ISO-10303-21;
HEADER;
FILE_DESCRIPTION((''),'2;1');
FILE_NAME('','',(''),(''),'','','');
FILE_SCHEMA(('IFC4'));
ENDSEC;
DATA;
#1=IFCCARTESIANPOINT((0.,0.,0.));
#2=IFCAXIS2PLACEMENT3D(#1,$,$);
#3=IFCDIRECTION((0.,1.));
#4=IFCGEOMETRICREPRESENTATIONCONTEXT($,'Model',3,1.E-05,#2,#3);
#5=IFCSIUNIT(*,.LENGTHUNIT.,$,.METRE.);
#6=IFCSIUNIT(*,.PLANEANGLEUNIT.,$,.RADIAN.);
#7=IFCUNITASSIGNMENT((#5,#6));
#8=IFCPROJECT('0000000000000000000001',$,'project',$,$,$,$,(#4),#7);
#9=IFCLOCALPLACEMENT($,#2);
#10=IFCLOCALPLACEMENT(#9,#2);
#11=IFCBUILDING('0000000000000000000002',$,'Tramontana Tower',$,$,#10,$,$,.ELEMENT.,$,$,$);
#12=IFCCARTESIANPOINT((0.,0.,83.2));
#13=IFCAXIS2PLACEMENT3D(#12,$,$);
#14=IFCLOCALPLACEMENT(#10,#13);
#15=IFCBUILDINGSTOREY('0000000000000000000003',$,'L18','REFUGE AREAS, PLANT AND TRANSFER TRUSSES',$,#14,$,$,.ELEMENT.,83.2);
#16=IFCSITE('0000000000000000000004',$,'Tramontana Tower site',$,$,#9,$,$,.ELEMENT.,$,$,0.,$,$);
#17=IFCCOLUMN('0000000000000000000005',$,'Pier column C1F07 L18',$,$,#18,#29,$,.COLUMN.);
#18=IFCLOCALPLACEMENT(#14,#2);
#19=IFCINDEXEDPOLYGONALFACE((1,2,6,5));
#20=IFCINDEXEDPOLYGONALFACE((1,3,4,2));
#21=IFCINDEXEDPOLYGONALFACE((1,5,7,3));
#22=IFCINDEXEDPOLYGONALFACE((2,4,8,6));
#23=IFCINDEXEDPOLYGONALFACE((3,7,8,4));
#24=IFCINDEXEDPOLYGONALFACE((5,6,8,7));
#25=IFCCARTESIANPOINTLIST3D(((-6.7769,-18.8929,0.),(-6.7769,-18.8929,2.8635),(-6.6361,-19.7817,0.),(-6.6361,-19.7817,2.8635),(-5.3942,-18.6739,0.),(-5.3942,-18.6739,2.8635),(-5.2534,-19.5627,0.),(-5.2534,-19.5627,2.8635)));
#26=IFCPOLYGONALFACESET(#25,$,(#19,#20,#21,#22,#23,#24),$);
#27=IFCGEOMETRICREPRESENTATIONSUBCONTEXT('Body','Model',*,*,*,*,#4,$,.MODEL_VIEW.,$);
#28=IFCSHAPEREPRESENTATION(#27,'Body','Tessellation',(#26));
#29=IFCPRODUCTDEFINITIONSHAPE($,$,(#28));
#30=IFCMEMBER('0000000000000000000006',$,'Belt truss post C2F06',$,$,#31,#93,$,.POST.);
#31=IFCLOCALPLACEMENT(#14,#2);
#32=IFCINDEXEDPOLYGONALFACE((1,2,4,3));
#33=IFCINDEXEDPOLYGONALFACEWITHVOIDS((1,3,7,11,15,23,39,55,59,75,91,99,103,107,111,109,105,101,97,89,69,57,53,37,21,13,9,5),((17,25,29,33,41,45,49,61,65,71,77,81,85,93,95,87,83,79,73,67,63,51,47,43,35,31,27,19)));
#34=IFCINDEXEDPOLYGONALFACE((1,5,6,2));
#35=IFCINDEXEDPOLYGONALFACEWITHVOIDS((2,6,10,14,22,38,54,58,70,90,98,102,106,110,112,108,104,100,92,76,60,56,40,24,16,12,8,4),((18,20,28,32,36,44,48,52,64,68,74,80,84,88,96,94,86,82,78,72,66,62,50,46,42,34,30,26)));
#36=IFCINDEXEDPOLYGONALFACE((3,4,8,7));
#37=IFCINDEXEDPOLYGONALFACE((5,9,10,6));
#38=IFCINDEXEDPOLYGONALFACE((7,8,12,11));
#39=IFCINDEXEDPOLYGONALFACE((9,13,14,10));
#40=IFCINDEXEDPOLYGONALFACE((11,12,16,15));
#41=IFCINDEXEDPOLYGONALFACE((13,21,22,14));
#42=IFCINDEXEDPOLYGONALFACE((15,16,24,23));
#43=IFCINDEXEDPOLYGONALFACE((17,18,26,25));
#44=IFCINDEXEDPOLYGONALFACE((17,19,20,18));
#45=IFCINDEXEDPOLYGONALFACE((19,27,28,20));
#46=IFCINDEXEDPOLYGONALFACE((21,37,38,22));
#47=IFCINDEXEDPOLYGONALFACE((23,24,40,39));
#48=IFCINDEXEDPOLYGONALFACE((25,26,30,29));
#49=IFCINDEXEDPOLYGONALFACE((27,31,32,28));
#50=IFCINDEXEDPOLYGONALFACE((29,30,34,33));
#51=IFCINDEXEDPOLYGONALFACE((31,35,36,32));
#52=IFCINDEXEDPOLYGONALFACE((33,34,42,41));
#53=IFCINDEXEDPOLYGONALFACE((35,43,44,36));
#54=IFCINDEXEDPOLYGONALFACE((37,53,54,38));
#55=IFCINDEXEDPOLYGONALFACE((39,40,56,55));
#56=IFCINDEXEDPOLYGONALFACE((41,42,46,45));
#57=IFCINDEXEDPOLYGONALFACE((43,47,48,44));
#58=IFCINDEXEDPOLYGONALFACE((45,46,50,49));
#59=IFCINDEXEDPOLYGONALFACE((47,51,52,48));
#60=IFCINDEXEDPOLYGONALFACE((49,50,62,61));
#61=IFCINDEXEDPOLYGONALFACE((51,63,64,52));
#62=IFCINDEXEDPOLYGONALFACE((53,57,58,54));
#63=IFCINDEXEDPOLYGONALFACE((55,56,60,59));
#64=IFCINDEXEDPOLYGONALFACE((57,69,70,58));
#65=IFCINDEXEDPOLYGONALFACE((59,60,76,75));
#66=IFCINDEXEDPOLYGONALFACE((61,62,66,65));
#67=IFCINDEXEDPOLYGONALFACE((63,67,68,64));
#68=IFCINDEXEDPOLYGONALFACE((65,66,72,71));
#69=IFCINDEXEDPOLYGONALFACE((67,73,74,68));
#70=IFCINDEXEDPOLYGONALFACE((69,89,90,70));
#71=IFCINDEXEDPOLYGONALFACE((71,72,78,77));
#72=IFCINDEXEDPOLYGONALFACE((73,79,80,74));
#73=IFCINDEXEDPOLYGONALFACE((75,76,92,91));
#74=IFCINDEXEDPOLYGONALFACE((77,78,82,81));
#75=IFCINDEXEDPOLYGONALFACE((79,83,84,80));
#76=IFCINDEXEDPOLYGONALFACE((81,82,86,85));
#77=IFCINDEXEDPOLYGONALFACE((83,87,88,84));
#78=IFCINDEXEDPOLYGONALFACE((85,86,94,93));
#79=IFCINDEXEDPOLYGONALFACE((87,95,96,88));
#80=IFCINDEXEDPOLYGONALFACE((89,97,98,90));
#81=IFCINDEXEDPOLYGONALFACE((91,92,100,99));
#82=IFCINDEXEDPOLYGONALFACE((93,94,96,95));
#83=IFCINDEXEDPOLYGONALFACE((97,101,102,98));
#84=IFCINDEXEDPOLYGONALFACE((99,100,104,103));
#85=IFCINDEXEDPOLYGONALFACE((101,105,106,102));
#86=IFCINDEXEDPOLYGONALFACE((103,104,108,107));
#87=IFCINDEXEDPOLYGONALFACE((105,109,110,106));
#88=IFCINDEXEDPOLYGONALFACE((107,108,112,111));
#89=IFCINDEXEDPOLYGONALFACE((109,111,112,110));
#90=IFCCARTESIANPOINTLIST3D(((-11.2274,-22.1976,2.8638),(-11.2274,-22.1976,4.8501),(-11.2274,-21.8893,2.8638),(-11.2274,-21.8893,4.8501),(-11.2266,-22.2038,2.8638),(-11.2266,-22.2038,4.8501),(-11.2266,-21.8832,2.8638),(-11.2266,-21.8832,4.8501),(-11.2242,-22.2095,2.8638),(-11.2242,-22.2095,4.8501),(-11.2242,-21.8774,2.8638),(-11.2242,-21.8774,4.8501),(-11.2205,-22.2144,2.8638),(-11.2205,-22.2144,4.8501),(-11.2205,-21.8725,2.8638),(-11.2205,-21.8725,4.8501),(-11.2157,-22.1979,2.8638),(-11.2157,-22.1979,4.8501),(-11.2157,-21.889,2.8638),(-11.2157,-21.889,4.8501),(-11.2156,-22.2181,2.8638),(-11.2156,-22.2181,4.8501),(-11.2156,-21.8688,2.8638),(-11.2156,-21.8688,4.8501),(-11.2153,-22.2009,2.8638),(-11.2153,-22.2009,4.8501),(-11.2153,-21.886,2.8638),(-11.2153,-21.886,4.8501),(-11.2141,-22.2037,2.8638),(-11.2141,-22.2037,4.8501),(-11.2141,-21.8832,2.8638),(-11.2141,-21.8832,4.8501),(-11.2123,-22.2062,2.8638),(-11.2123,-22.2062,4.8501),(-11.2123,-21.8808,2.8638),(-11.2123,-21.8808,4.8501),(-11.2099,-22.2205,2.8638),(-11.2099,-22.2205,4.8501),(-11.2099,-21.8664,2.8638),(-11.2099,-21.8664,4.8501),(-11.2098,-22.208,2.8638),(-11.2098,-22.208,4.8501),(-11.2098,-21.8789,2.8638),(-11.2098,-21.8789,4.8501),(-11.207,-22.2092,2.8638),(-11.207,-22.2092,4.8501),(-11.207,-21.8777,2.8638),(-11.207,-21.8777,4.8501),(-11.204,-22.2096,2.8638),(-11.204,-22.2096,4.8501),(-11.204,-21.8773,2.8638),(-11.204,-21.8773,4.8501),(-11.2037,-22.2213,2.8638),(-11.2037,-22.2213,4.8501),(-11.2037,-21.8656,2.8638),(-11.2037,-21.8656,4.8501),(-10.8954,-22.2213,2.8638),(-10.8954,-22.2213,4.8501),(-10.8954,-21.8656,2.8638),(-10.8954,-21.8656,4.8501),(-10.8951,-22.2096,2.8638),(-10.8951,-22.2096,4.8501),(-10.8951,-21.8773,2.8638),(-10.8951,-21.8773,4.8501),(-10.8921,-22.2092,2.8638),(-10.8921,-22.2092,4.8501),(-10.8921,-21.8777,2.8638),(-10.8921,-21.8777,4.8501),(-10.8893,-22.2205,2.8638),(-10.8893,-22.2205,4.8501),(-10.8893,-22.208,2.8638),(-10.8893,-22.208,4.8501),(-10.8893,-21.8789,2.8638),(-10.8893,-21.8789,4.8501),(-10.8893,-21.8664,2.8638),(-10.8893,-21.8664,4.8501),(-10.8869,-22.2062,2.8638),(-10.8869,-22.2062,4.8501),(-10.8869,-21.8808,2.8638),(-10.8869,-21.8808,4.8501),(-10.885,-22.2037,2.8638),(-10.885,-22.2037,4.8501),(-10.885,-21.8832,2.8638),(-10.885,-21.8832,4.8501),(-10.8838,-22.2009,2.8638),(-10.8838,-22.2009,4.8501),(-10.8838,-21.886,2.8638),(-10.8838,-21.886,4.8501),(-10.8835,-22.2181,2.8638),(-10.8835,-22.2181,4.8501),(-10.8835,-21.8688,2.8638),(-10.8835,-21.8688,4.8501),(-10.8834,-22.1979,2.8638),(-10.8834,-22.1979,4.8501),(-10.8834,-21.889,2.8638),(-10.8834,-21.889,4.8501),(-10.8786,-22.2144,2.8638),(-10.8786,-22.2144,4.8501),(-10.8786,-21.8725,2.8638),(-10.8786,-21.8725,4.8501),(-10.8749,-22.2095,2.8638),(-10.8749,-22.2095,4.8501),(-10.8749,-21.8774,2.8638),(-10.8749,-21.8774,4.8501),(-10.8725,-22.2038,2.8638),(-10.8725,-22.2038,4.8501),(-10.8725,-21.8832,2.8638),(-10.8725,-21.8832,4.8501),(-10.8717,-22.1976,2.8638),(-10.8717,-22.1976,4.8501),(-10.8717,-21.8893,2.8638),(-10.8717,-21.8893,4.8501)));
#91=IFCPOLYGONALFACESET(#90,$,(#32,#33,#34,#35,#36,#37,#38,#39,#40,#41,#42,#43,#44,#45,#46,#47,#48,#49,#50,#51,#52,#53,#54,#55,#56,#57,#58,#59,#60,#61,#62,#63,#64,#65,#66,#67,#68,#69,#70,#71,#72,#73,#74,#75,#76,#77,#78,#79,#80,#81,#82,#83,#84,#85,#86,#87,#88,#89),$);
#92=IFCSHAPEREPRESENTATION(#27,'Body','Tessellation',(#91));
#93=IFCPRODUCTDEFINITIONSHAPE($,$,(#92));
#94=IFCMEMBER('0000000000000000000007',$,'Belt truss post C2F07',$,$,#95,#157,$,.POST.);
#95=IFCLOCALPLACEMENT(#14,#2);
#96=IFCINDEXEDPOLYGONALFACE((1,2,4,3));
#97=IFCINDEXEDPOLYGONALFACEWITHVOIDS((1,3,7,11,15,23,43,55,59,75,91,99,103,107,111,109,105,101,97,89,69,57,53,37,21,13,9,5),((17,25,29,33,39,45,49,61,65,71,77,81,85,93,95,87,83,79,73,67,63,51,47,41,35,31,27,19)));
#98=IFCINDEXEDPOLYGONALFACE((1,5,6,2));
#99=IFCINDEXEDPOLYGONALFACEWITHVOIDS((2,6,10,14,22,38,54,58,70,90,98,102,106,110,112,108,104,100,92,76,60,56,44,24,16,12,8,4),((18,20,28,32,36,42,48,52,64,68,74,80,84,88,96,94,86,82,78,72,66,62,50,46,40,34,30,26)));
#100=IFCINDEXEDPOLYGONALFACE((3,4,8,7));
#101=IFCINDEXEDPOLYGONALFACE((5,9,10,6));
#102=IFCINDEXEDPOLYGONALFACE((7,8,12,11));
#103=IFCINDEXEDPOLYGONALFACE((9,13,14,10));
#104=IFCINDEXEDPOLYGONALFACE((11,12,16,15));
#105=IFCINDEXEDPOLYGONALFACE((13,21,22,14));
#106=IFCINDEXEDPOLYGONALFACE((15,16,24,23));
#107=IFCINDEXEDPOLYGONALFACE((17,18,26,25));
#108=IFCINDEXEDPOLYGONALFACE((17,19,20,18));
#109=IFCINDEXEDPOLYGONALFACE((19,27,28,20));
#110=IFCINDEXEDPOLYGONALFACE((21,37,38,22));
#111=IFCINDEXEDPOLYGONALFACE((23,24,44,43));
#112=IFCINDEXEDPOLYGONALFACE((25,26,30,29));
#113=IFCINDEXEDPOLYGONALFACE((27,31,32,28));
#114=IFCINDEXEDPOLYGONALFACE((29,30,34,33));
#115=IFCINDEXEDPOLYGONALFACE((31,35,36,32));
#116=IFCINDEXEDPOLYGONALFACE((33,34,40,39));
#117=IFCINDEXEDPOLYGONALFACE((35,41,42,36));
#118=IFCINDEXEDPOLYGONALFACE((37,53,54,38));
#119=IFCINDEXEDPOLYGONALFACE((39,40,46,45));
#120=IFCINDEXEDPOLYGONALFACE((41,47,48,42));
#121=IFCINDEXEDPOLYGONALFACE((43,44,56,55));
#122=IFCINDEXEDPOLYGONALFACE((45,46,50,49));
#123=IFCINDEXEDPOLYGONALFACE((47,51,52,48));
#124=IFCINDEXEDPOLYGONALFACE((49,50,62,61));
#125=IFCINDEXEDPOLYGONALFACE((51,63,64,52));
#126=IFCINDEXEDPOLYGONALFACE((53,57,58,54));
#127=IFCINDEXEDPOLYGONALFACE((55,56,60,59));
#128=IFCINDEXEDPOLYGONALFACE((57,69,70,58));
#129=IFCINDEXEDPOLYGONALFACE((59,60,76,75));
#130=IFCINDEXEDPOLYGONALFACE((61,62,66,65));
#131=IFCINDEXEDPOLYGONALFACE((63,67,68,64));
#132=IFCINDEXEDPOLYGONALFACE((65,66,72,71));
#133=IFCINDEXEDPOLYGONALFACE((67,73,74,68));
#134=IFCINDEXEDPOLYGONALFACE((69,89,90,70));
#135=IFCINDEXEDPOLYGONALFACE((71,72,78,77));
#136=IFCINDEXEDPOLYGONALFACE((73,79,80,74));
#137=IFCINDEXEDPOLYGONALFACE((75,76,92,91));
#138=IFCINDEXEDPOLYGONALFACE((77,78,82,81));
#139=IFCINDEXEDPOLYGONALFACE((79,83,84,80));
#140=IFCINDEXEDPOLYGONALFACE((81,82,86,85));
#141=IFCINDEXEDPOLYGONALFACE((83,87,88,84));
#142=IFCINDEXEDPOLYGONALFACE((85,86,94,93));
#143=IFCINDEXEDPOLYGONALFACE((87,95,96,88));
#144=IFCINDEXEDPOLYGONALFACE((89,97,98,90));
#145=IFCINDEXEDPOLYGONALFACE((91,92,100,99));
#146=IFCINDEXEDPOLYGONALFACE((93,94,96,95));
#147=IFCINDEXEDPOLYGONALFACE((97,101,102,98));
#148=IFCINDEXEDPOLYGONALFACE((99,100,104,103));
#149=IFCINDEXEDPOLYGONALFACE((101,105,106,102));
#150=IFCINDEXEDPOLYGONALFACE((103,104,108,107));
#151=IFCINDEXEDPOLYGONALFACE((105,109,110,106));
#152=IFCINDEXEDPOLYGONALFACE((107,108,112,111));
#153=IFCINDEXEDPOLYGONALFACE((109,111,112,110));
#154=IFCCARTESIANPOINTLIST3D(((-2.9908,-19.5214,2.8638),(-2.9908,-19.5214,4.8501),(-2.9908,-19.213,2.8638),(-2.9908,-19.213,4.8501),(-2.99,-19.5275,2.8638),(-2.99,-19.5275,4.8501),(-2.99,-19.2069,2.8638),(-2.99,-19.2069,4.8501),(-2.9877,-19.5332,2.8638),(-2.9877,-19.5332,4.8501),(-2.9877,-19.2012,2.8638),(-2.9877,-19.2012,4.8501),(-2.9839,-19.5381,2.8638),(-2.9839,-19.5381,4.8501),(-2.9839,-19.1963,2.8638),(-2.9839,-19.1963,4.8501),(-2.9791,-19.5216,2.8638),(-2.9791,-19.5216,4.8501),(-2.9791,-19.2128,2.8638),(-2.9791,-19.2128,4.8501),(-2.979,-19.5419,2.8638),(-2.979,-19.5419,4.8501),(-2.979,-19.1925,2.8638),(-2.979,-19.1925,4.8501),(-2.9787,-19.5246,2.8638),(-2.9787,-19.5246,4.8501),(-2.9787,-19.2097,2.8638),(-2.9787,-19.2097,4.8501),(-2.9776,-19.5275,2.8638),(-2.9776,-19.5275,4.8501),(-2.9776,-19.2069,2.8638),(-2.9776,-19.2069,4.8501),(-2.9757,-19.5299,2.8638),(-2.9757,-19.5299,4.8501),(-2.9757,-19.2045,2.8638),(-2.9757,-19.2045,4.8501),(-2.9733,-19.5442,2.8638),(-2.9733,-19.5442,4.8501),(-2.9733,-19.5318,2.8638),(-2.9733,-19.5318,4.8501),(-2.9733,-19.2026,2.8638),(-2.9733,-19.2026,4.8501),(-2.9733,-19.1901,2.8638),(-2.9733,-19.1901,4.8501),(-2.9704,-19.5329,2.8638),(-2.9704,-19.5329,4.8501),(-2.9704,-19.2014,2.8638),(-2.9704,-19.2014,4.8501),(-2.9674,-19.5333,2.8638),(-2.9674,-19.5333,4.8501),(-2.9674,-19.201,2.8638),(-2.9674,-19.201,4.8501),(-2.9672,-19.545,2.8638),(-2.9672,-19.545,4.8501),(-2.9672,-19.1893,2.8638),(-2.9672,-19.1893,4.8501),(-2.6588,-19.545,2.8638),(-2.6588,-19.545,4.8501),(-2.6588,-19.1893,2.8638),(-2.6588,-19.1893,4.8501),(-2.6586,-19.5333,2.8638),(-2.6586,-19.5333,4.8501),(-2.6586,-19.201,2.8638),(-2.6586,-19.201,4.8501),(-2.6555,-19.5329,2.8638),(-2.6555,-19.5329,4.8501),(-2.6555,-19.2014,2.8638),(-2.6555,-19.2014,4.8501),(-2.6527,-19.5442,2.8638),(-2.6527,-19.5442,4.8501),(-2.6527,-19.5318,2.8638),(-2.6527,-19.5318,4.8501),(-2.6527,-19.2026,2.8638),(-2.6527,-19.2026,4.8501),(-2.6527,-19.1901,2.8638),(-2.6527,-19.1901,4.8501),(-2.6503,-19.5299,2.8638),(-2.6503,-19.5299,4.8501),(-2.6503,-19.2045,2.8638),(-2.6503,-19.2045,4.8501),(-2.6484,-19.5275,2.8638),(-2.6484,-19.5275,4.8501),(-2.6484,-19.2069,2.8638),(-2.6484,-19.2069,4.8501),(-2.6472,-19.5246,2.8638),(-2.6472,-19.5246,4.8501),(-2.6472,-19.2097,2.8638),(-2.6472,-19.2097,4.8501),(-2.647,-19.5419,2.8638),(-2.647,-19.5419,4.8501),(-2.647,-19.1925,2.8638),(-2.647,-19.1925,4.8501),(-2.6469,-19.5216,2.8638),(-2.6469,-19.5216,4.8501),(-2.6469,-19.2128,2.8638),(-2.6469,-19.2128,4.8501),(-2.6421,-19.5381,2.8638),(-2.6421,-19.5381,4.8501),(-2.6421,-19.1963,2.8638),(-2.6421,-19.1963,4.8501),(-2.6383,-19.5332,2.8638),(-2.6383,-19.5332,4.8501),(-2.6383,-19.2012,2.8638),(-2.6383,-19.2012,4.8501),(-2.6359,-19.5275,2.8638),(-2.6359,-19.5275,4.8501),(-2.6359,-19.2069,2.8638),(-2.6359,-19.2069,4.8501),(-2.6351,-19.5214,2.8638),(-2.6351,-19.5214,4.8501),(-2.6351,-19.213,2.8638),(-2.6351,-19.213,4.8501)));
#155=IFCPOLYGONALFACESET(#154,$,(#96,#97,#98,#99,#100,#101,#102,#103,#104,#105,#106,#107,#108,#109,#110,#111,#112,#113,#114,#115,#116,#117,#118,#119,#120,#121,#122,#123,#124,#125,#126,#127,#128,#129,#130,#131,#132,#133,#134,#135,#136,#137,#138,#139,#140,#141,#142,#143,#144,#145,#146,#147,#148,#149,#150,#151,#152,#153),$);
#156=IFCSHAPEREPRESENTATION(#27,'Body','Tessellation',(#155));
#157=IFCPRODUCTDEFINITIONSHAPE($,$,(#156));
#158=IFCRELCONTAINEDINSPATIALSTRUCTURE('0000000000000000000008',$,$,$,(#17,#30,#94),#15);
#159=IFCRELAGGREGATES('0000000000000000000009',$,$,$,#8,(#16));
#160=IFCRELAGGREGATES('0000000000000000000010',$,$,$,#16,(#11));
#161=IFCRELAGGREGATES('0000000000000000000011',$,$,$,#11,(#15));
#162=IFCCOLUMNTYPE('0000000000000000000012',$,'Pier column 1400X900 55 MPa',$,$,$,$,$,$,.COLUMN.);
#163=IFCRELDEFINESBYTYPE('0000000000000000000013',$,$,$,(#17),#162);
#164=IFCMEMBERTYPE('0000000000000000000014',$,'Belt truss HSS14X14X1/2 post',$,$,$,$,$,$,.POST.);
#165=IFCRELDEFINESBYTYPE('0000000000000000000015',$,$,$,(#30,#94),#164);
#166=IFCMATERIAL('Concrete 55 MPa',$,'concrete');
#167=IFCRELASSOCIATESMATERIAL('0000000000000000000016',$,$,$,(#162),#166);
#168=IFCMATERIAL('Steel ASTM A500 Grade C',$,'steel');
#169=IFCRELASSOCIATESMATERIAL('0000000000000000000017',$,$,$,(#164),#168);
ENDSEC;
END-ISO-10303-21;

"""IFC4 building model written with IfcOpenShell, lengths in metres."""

from ifc_helpers import new_model, si_unit, direction, frame, origin, origin_2d, place, context, subcontext, project, spatial, rectangle, hollow_rectangle, extrude, material, material_profile, profile_set, type_object, element, save


model = new_model("IFC4")

# Units and contexts
model_context = context("Model", 3, precision=1e-05, world=origin(), true_north=direction((0.0, 1.0)))
body_context = subcontext(model_context, "Body", "Model", "MODEL_VIEW")
ifc_project = project(units=[si_unit("LENGTHUNIT", "METRE"), si_unit("PLANEANGLEUNIT", "RADIAN")], contexts=[model_context])

# Site, building, storey
site_placement = place(None, origin())
site = spatial("IfcSite", under=ifc_project, at=site_placement, Name="Tramontana Tower site", CompositionType="ELEMENT", RefElevation=0.0)
building_placement = place(site_placement, origin())
building = spatial("IfcBuilding", under=site, at=building_placement, Name="Tramontana Tower", CompositionType="ELEMENT")
storey_placement = place(building_placement, frame((0.0, 0.0, 83.2)))
storey = spatial("IfcBuildingStorey", under=building, at=storey_placement, Name="L18", Description="REFUGE AREAS, PLANT AND TRANSFER TRUSSES", CompositionType="ELEMENT", Elevation=83.2)

# Column
ifc_material_1 = material(Name="Concrete 55 MPa", Category="concrete")
ifc_material_profile_1 = material_profile(ifc_material_1, rectangle(XDim=1.3999, YDim=0.8999, at=origin_2d()), Name="Pier column 1400X900 55 MPa")
ifc_profile_set_1 = profile_set([ifc_material_profile_1], Name="Concrete 55 MPa")
column_type = type_object("IfcColumnType", Name="Pier column 1400X900 55 MPa", PredefinedType="COLUMN", material=ifc_profile_set_1)
column_placement = place(storey_placement, frame((-6.0151, -19.2278, 0.0), z_axis=(0.0, 0.0, 1.0), x_axis=(0.987688, 0.156434, 0.0)))
element("IfcColumn", 1, at=column_placement, inside=storey, type_object=column_type, Name="Pier column C1F07 L18", PredefinedType="COLUMN", context=body_context, shape_type="SweptSolid", body=[
    extrude(rectangle(XDim=1.3999, YDim=0.8999, at=origin_2d()), origin(), (0.0, 0.0, 1.0), 2.8635),
])

# Members
ifc_material_2 = material(Name="Steel ASTM A500 Grade C", Category="steel")
ifc_material_profile_2 = material_profile(ifc_material_2, hollow_rectangle(XDim=0.3557, YDim=0.3557, WallThickness=0.0117, InnerFilletRadius=0.0117, OuterFilletRadius=0.0237, at=origin_2d()), Name="HSS14X14X1/2")
ifc_profile_set_2 = profile_set([ifc_material_profile_2], Name="Steel ASTM A500 Grade C")
member_type_1 = type_object("IfcMemberType", Name="Belt truss HSS14X14X1/2 post", PredefinedType="POST", material=ifc_profile_set_2)
for number, where, z_axis, x_axis, name in (
    (2, (-11.0496, -22.0435, 2.8638), (0.0, 0.0, 1.0), (1.0, 0.0, 0.0), "Belt truss post C2F06"),
    (3, (-2.813, -19.3672, 2.8638), (0.0, 0.0, 1.0), (1.0, 0.0, 0.0), "Belt truss post C2F07"),
):
    element("IfcMember", number, at=place(storey_placement, frame(where, z_axis=z_axis, x_axis=x_axis)), inside=storey, type_object=member_type_1, Name=name, PredefinedType="POST", context=body_context, shape_type="SweptSolid", body=[
        extrude(hollow_rectangle(XDim=0.3557, YDim=0.3557, WallThickness=0.0117, InnerFilletRadius=0.0117, OuterFilletRadius=0.0237, at=origin_2d()), origin(), (0.0, 0.0, 1.0), 1.9863),
    ])

save(model, "model.ifc")
